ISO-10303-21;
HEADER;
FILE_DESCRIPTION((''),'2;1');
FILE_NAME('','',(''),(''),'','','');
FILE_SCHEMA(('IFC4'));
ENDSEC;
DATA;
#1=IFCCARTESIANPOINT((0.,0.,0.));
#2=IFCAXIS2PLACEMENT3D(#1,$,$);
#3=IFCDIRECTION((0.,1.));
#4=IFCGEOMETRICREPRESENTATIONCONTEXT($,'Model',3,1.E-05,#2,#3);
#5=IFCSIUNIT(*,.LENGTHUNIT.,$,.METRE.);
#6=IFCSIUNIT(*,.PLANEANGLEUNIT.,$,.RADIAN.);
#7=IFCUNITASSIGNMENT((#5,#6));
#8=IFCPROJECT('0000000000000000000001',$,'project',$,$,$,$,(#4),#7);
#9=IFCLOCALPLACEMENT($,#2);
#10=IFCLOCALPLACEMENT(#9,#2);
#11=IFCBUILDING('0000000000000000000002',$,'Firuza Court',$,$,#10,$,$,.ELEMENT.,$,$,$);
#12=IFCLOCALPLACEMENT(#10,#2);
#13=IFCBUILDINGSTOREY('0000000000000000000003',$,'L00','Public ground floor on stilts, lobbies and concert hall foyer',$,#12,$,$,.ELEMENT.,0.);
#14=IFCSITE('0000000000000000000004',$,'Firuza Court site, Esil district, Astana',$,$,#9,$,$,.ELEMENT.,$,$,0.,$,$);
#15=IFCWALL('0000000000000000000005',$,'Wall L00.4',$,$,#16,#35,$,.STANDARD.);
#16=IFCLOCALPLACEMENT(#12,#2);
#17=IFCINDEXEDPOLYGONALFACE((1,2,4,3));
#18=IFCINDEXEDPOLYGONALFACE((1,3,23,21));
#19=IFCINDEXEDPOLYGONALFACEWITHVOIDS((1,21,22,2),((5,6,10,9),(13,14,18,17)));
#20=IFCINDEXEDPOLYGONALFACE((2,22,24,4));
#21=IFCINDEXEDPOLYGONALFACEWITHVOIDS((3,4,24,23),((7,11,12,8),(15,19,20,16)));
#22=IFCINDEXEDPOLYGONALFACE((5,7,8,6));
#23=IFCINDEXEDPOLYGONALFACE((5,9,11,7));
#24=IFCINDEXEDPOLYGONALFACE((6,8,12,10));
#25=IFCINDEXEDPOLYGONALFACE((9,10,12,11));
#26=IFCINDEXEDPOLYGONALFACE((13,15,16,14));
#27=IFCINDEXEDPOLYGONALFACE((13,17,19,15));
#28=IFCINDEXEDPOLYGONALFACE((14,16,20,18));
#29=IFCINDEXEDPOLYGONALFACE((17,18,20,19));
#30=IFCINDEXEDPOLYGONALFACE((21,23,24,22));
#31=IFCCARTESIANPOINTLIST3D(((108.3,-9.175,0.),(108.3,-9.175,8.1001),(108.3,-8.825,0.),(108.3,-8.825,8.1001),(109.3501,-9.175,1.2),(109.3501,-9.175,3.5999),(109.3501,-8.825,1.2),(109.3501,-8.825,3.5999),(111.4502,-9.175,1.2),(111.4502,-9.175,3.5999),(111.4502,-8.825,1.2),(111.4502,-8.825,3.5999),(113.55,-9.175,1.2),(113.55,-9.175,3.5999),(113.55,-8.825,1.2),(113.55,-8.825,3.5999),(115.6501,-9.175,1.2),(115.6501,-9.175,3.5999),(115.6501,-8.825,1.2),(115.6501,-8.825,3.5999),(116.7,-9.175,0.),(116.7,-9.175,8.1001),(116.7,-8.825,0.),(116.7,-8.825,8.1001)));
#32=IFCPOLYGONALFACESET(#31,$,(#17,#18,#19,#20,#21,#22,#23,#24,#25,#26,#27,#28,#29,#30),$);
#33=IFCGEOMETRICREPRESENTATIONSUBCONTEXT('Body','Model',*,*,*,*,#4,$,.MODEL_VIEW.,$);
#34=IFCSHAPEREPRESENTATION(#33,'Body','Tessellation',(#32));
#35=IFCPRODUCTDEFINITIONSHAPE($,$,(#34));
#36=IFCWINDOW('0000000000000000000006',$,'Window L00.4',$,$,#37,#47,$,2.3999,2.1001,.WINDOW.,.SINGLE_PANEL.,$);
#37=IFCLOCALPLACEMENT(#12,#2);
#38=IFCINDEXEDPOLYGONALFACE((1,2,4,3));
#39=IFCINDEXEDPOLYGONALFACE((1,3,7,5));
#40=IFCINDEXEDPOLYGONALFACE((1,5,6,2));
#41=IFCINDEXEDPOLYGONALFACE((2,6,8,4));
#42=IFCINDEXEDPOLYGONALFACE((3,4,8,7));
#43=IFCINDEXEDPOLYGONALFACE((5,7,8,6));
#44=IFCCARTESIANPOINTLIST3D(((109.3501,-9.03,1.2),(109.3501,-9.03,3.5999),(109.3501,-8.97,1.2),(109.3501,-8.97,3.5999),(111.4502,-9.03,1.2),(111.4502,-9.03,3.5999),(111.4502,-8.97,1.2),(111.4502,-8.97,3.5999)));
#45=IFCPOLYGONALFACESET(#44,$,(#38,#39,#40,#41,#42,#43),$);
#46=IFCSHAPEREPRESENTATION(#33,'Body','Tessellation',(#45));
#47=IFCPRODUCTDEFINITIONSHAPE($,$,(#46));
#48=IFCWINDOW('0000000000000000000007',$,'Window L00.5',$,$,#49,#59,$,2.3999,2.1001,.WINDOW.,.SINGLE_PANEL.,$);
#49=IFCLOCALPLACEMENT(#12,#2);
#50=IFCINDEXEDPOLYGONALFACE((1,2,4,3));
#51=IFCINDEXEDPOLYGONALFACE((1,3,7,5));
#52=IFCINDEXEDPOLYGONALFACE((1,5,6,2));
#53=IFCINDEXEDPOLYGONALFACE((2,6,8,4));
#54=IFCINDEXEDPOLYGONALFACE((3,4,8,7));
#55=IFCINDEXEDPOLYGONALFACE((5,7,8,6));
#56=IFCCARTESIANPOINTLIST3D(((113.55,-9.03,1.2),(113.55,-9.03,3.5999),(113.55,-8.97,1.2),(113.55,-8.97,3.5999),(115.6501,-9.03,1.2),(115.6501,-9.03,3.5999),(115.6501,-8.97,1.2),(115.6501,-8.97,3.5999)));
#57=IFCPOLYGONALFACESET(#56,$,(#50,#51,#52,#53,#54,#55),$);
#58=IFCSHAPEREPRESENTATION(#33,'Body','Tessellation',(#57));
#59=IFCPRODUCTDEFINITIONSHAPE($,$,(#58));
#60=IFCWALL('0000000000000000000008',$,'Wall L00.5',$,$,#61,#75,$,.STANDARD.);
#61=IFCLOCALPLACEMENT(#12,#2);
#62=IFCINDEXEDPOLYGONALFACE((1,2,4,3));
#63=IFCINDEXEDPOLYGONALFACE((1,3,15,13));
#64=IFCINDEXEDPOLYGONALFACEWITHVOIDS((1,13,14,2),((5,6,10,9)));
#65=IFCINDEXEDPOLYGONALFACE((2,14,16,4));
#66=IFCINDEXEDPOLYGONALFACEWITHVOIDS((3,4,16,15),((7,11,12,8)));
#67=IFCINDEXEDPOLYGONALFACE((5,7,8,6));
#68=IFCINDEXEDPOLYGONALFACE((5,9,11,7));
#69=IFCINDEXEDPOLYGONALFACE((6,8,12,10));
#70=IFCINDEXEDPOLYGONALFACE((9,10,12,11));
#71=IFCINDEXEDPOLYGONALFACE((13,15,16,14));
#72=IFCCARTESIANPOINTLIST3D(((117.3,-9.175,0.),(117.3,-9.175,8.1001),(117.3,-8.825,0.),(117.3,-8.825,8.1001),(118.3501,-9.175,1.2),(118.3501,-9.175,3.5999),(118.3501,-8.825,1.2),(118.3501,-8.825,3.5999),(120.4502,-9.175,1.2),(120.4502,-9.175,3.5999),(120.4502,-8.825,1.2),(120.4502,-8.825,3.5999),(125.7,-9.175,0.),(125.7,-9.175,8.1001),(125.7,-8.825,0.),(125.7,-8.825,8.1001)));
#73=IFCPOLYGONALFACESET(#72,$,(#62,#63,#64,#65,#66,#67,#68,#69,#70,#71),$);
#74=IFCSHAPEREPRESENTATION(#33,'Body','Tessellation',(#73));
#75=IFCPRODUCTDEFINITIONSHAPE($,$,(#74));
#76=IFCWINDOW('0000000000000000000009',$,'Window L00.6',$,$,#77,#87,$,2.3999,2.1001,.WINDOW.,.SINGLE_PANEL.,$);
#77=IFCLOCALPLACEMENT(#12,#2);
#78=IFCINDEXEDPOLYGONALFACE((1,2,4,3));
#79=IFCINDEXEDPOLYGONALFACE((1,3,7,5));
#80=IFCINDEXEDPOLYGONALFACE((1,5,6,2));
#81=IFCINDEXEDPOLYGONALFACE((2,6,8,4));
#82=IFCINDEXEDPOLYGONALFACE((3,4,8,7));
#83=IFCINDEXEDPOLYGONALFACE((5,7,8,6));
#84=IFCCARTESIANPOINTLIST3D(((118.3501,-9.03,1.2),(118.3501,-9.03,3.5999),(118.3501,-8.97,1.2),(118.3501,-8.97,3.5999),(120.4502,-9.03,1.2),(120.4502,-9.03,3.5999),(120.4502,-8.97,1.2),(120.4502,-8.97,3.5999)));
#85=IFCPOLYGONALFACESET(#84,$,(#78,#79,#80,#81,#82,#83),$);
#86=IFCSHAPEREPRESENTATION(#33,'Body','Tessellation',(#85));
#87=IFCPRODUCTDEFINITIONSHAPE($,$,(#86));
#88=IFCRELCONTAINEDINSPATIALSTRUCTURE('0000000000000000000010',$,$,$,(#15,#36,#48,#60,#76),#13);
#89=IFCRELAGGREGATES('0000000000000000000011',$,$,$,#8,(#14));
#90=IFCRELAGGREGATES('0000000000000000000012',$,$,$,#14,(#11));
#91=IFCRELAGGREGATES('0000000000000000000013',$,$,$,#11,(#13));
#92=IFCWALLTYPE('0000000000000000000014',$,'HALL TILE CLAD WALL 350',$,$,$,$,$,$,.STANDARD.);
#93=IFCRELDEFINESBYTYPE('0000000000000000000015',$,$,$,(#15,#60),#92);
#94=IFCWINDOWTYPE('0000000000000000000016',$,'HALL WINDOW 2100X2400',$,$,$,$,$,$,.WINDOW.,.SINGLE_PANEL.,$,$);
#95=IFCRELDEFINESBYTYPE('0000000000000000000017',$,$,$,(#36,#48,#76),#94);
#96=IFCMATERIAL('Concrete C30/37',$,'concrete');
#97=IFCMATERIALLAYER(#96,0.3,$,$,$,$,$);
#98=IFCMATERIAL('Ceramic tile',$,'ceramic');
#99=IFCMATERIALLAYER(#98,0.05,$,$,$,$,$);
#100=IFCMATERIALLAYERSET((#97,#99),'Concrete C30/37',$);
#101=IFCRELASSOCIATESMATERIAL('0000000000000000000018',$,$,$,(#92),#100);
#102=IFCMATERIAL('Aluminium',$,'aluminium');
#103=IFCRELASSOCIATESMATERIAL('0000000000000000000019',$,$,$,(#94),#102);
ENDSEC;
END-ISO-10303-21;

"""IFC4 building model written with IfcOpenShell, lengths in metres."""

from ifc_helpers import new_model, si_unit, direction, frame, frame_2d, origin, place, context, subcontext, project, spatial, rectangle, extrude, material, layer, layer_set, type_object, element, fill, save


model = new_model("IFC4")

# Units and contexts
model_context = context("Model", 3, precision=1e-05, world=origin(), true_north=direction((0.0, 1.0)))
body_context = subcontext(model_context, "Body", "Model", "MODEL_VIEW")
ifc_project = project(units=[si_unit("LENGTHUNIT", "METRE"), si_unit("PLANEANGLEUNIT", "RADIAN")], contexts=[model_context])

# Site, building, storey
site_placement = place(None, origin())
site = spatial("IfcSite", under=ifc_project, at=site_placement, Name="Firuza Court site, Esil district, Astana", CompositionType="ELEMENT", RefElevation=0.0)
building_placement = place(site_placement, origin())
building = spatial("IfcBuilding", under=site, at=building_placement, Name="Firuza Court", CompositionType="ELEMENT")
storey_placement = place(building_placement, origin())
storey = spatial("IfcBuildingStorey", under=building, at=storey_placement, Name="L00", Description="Public ground floor on stilts, lobbies and concert hall foyer", CompositionType="ELEMENT", Elevation=0.0)

# Wall, openings, windows
ifc_material_1 = material(Name="Concrete C30/37", Category="concrete")
ifc_layer_1 = layer(ifc_material_1, 0.3)
ifc_material_2 = material(Name="Ceramic tile", Category="ceramic")
ifc_layer_2 = layer(ifc_material_2, 0.05)
ifc_layer_set_1 = layer_set([ifc_layer_1, ifc_layer_2], Name="Concrete C30/37")
wall_type_1 = type_object("IfcWallType", Name="HALL TILE CLAD WALL 350", PredefinedType="STANDARD", material=ifc_layer_set_1)
wall_1_placement = place(storey_placement, frame((108.3, -9.0, 0.0), z_axis=(0.0, 0.0, 1.0), x_axis=(1.0, 0.0, 0.0)))
wall_1 = element("IfcWall", 1, at=wall_1_placement, inside=storey, type_object=wall_type_1, Name="Wall L00.4", PredefinedType="STANDARD", context=body_context, shape_type="SweptSolid", body=[
    extrude(rectangle(XDim=8.3999, YDim=0.3501, at=frame_2d((4.2, 0.0))), origin(), (0.0, 0.0, 1.0), 8.1001),
])
opening_1_placement = place(wall_1_placement, frame((1.05, 0.0, 1.2)))
opening_1 = element("IfcOpeningElement", 2, at=opening_1_placement, cuts=wall_1, PredefinedType="OPENING", context=body_context, shape_type="SweptSolid", body=[
    extrude(rectangle(XDim=2.1001, YDim=2.3999, at=frame_2d((1.05, 1.2))), frame((0.0, 0.187, 0.0), z_axis=(0.0, -1.0, 0.0), x_axis=(1.0, 0.0, 0.0)), (0.0, 0.0, 1.0), 0.374),
])
opening_2_placement = place(wall_1_placement, frame((5.25, 0.0, 1.2)))
opening_2 = element("IfcOpeningElement", 3, at=opening_2_placement, cuts=wall_1, PredefinedType="OPENING", context=body_context, shape_type="SweptSolid", body=[
    extrude(rectangle(XDim=2.1001, YDim=2.3999, at=frame_2d((1.05, 1.2))), frame((0.0, 0.187, 0.0), z_axis=(0.0, -1.0, 0.0), x_axis=(1.0, 0.0, 0.0)), (0.0, 0.0, 1.0), 0.374),
])
ifc_material_3 = material(Name="Aluminium", Category="aluminium")
window_type = type_object("IfcWindowType", Name="HALL WINDOW 2100X2400", PartitioningType="SINGLE_PANEL", PredefinedType="WINDOW", material=ifc_material_3)
window_1_placement = place(opening_1_placement, origin())
window_1 = element("IfcWindow", 4, at=window_1_placement, inside=storey, type_object=window_type, Name="Window L00.4", OverallHeight=2.3999, OverallWidth=2.1001, PartitioningType="SINGLE_PANEL", PredefinedType="WINDOW", context=body_context, shape_type="SweptSolid", body=[
    extrude(rectangle(XDim=2.1001, YDim=2.3999, at=frame_2d((1.05, 1.2))), frame((0.0, 0.03, 0.0), z_axis=(0.0, -1.0, 0.0), x_axis=(1.0, 0.0, 0.0)), (0.0, 0.0, 1.0), 0.0601),
])
fill(opening_1, window_1)
window_2_placement = place(opening_2_placement, origin())
window_2 = element("IfcWindow", 5, at=window_2_placement, inside=storey, type_object=window_type, Name="Window L00.5", OverallHeight=2.3999, OverallWidth=2.1001, PartitioningType="SINGLE_PANEL", PredefinedType="WINDOW", context=body_context, shape_type="SweptSolid", body=[
    extrude(rectangle(XDim=2.1001, YDim=2.3999, at=frame_2d((1.05, 1.2))), frame((0.0, 0.03, 0.0), z_axis=(0.0, -1.0, 0.0), x_axis=(1.0, 0.0, 0.0)), (0.0, 0.0, 1.0), 0.0601),
])
fill(opening_2, window_2)

# Wall, opening, window
wall_2_placement = place(storey_placement, frame((117.3, -9.0, 0.0), z_axis=(0.0, 0.0, 1.0), x_axis=(1.0, 0.0, 0.0)))
wall_2 = element("IfcWall", 6, at=wall_2_placement, inside=storey, type_object=wall_type_1, Name="Wall L00.5", PredefinedType="STANDARD", context=body_context, shape_type="SweptSolid", body=[
    extrude(rectangle(XDim=8.3999, YDim=0.3501, at=frame_2d((4.2, 0.0))), origin(), (0.0, 0.0, 1.0), 8.1001),
])
opening_3_placement = place(wall_2_placement, frame((1.05, 0.0, 1.2)))
opening_3 = element("IfcOpeningElement", 7, at=opening_3_placement, cuts=wall_2, PredefinedType="OPENING", context=body_context, shape_type="SweptSolid", body=[
    extrude(rectangle(XDim=2.1001, YDim=2.3999, at=frame_2d((1.05, 1.2))), frame((0.0, 0.187, 0.0), z_axis=(0.0, -1.0, 0.0), x_axis=(1.0, 0.0, 0.0)), (0.0, 0.0, 1.0), 0.374),
])
window_3_placement = place(opening_3_placement, origin())
window_3 = element("IfcWindow", 8, at=window_3_placement, inside=storey, type_object=window_type, Name="Window L00.6", OverallHeight=2.3999, OverallWidth=2.1001, PartitioningType="SINGLE_PANEL", PredefinedType="WINDOW", context=body_context, shape_type="SweptSolid", body=[
    extrude(rectangle(XDim=2.1001, YDim=2.3999, at=frame_2d((1.05, 1.2))), frame((0.0, 0.03, 0.0), z_axis=(0.0, -1.0, 0.0), x_axis=(1.0, 0.0, 0.0)), (0.0, 0.0, 1.0), 0.0601),
])
fill(opening_3, window_3)

save(model, "model.ifc")
